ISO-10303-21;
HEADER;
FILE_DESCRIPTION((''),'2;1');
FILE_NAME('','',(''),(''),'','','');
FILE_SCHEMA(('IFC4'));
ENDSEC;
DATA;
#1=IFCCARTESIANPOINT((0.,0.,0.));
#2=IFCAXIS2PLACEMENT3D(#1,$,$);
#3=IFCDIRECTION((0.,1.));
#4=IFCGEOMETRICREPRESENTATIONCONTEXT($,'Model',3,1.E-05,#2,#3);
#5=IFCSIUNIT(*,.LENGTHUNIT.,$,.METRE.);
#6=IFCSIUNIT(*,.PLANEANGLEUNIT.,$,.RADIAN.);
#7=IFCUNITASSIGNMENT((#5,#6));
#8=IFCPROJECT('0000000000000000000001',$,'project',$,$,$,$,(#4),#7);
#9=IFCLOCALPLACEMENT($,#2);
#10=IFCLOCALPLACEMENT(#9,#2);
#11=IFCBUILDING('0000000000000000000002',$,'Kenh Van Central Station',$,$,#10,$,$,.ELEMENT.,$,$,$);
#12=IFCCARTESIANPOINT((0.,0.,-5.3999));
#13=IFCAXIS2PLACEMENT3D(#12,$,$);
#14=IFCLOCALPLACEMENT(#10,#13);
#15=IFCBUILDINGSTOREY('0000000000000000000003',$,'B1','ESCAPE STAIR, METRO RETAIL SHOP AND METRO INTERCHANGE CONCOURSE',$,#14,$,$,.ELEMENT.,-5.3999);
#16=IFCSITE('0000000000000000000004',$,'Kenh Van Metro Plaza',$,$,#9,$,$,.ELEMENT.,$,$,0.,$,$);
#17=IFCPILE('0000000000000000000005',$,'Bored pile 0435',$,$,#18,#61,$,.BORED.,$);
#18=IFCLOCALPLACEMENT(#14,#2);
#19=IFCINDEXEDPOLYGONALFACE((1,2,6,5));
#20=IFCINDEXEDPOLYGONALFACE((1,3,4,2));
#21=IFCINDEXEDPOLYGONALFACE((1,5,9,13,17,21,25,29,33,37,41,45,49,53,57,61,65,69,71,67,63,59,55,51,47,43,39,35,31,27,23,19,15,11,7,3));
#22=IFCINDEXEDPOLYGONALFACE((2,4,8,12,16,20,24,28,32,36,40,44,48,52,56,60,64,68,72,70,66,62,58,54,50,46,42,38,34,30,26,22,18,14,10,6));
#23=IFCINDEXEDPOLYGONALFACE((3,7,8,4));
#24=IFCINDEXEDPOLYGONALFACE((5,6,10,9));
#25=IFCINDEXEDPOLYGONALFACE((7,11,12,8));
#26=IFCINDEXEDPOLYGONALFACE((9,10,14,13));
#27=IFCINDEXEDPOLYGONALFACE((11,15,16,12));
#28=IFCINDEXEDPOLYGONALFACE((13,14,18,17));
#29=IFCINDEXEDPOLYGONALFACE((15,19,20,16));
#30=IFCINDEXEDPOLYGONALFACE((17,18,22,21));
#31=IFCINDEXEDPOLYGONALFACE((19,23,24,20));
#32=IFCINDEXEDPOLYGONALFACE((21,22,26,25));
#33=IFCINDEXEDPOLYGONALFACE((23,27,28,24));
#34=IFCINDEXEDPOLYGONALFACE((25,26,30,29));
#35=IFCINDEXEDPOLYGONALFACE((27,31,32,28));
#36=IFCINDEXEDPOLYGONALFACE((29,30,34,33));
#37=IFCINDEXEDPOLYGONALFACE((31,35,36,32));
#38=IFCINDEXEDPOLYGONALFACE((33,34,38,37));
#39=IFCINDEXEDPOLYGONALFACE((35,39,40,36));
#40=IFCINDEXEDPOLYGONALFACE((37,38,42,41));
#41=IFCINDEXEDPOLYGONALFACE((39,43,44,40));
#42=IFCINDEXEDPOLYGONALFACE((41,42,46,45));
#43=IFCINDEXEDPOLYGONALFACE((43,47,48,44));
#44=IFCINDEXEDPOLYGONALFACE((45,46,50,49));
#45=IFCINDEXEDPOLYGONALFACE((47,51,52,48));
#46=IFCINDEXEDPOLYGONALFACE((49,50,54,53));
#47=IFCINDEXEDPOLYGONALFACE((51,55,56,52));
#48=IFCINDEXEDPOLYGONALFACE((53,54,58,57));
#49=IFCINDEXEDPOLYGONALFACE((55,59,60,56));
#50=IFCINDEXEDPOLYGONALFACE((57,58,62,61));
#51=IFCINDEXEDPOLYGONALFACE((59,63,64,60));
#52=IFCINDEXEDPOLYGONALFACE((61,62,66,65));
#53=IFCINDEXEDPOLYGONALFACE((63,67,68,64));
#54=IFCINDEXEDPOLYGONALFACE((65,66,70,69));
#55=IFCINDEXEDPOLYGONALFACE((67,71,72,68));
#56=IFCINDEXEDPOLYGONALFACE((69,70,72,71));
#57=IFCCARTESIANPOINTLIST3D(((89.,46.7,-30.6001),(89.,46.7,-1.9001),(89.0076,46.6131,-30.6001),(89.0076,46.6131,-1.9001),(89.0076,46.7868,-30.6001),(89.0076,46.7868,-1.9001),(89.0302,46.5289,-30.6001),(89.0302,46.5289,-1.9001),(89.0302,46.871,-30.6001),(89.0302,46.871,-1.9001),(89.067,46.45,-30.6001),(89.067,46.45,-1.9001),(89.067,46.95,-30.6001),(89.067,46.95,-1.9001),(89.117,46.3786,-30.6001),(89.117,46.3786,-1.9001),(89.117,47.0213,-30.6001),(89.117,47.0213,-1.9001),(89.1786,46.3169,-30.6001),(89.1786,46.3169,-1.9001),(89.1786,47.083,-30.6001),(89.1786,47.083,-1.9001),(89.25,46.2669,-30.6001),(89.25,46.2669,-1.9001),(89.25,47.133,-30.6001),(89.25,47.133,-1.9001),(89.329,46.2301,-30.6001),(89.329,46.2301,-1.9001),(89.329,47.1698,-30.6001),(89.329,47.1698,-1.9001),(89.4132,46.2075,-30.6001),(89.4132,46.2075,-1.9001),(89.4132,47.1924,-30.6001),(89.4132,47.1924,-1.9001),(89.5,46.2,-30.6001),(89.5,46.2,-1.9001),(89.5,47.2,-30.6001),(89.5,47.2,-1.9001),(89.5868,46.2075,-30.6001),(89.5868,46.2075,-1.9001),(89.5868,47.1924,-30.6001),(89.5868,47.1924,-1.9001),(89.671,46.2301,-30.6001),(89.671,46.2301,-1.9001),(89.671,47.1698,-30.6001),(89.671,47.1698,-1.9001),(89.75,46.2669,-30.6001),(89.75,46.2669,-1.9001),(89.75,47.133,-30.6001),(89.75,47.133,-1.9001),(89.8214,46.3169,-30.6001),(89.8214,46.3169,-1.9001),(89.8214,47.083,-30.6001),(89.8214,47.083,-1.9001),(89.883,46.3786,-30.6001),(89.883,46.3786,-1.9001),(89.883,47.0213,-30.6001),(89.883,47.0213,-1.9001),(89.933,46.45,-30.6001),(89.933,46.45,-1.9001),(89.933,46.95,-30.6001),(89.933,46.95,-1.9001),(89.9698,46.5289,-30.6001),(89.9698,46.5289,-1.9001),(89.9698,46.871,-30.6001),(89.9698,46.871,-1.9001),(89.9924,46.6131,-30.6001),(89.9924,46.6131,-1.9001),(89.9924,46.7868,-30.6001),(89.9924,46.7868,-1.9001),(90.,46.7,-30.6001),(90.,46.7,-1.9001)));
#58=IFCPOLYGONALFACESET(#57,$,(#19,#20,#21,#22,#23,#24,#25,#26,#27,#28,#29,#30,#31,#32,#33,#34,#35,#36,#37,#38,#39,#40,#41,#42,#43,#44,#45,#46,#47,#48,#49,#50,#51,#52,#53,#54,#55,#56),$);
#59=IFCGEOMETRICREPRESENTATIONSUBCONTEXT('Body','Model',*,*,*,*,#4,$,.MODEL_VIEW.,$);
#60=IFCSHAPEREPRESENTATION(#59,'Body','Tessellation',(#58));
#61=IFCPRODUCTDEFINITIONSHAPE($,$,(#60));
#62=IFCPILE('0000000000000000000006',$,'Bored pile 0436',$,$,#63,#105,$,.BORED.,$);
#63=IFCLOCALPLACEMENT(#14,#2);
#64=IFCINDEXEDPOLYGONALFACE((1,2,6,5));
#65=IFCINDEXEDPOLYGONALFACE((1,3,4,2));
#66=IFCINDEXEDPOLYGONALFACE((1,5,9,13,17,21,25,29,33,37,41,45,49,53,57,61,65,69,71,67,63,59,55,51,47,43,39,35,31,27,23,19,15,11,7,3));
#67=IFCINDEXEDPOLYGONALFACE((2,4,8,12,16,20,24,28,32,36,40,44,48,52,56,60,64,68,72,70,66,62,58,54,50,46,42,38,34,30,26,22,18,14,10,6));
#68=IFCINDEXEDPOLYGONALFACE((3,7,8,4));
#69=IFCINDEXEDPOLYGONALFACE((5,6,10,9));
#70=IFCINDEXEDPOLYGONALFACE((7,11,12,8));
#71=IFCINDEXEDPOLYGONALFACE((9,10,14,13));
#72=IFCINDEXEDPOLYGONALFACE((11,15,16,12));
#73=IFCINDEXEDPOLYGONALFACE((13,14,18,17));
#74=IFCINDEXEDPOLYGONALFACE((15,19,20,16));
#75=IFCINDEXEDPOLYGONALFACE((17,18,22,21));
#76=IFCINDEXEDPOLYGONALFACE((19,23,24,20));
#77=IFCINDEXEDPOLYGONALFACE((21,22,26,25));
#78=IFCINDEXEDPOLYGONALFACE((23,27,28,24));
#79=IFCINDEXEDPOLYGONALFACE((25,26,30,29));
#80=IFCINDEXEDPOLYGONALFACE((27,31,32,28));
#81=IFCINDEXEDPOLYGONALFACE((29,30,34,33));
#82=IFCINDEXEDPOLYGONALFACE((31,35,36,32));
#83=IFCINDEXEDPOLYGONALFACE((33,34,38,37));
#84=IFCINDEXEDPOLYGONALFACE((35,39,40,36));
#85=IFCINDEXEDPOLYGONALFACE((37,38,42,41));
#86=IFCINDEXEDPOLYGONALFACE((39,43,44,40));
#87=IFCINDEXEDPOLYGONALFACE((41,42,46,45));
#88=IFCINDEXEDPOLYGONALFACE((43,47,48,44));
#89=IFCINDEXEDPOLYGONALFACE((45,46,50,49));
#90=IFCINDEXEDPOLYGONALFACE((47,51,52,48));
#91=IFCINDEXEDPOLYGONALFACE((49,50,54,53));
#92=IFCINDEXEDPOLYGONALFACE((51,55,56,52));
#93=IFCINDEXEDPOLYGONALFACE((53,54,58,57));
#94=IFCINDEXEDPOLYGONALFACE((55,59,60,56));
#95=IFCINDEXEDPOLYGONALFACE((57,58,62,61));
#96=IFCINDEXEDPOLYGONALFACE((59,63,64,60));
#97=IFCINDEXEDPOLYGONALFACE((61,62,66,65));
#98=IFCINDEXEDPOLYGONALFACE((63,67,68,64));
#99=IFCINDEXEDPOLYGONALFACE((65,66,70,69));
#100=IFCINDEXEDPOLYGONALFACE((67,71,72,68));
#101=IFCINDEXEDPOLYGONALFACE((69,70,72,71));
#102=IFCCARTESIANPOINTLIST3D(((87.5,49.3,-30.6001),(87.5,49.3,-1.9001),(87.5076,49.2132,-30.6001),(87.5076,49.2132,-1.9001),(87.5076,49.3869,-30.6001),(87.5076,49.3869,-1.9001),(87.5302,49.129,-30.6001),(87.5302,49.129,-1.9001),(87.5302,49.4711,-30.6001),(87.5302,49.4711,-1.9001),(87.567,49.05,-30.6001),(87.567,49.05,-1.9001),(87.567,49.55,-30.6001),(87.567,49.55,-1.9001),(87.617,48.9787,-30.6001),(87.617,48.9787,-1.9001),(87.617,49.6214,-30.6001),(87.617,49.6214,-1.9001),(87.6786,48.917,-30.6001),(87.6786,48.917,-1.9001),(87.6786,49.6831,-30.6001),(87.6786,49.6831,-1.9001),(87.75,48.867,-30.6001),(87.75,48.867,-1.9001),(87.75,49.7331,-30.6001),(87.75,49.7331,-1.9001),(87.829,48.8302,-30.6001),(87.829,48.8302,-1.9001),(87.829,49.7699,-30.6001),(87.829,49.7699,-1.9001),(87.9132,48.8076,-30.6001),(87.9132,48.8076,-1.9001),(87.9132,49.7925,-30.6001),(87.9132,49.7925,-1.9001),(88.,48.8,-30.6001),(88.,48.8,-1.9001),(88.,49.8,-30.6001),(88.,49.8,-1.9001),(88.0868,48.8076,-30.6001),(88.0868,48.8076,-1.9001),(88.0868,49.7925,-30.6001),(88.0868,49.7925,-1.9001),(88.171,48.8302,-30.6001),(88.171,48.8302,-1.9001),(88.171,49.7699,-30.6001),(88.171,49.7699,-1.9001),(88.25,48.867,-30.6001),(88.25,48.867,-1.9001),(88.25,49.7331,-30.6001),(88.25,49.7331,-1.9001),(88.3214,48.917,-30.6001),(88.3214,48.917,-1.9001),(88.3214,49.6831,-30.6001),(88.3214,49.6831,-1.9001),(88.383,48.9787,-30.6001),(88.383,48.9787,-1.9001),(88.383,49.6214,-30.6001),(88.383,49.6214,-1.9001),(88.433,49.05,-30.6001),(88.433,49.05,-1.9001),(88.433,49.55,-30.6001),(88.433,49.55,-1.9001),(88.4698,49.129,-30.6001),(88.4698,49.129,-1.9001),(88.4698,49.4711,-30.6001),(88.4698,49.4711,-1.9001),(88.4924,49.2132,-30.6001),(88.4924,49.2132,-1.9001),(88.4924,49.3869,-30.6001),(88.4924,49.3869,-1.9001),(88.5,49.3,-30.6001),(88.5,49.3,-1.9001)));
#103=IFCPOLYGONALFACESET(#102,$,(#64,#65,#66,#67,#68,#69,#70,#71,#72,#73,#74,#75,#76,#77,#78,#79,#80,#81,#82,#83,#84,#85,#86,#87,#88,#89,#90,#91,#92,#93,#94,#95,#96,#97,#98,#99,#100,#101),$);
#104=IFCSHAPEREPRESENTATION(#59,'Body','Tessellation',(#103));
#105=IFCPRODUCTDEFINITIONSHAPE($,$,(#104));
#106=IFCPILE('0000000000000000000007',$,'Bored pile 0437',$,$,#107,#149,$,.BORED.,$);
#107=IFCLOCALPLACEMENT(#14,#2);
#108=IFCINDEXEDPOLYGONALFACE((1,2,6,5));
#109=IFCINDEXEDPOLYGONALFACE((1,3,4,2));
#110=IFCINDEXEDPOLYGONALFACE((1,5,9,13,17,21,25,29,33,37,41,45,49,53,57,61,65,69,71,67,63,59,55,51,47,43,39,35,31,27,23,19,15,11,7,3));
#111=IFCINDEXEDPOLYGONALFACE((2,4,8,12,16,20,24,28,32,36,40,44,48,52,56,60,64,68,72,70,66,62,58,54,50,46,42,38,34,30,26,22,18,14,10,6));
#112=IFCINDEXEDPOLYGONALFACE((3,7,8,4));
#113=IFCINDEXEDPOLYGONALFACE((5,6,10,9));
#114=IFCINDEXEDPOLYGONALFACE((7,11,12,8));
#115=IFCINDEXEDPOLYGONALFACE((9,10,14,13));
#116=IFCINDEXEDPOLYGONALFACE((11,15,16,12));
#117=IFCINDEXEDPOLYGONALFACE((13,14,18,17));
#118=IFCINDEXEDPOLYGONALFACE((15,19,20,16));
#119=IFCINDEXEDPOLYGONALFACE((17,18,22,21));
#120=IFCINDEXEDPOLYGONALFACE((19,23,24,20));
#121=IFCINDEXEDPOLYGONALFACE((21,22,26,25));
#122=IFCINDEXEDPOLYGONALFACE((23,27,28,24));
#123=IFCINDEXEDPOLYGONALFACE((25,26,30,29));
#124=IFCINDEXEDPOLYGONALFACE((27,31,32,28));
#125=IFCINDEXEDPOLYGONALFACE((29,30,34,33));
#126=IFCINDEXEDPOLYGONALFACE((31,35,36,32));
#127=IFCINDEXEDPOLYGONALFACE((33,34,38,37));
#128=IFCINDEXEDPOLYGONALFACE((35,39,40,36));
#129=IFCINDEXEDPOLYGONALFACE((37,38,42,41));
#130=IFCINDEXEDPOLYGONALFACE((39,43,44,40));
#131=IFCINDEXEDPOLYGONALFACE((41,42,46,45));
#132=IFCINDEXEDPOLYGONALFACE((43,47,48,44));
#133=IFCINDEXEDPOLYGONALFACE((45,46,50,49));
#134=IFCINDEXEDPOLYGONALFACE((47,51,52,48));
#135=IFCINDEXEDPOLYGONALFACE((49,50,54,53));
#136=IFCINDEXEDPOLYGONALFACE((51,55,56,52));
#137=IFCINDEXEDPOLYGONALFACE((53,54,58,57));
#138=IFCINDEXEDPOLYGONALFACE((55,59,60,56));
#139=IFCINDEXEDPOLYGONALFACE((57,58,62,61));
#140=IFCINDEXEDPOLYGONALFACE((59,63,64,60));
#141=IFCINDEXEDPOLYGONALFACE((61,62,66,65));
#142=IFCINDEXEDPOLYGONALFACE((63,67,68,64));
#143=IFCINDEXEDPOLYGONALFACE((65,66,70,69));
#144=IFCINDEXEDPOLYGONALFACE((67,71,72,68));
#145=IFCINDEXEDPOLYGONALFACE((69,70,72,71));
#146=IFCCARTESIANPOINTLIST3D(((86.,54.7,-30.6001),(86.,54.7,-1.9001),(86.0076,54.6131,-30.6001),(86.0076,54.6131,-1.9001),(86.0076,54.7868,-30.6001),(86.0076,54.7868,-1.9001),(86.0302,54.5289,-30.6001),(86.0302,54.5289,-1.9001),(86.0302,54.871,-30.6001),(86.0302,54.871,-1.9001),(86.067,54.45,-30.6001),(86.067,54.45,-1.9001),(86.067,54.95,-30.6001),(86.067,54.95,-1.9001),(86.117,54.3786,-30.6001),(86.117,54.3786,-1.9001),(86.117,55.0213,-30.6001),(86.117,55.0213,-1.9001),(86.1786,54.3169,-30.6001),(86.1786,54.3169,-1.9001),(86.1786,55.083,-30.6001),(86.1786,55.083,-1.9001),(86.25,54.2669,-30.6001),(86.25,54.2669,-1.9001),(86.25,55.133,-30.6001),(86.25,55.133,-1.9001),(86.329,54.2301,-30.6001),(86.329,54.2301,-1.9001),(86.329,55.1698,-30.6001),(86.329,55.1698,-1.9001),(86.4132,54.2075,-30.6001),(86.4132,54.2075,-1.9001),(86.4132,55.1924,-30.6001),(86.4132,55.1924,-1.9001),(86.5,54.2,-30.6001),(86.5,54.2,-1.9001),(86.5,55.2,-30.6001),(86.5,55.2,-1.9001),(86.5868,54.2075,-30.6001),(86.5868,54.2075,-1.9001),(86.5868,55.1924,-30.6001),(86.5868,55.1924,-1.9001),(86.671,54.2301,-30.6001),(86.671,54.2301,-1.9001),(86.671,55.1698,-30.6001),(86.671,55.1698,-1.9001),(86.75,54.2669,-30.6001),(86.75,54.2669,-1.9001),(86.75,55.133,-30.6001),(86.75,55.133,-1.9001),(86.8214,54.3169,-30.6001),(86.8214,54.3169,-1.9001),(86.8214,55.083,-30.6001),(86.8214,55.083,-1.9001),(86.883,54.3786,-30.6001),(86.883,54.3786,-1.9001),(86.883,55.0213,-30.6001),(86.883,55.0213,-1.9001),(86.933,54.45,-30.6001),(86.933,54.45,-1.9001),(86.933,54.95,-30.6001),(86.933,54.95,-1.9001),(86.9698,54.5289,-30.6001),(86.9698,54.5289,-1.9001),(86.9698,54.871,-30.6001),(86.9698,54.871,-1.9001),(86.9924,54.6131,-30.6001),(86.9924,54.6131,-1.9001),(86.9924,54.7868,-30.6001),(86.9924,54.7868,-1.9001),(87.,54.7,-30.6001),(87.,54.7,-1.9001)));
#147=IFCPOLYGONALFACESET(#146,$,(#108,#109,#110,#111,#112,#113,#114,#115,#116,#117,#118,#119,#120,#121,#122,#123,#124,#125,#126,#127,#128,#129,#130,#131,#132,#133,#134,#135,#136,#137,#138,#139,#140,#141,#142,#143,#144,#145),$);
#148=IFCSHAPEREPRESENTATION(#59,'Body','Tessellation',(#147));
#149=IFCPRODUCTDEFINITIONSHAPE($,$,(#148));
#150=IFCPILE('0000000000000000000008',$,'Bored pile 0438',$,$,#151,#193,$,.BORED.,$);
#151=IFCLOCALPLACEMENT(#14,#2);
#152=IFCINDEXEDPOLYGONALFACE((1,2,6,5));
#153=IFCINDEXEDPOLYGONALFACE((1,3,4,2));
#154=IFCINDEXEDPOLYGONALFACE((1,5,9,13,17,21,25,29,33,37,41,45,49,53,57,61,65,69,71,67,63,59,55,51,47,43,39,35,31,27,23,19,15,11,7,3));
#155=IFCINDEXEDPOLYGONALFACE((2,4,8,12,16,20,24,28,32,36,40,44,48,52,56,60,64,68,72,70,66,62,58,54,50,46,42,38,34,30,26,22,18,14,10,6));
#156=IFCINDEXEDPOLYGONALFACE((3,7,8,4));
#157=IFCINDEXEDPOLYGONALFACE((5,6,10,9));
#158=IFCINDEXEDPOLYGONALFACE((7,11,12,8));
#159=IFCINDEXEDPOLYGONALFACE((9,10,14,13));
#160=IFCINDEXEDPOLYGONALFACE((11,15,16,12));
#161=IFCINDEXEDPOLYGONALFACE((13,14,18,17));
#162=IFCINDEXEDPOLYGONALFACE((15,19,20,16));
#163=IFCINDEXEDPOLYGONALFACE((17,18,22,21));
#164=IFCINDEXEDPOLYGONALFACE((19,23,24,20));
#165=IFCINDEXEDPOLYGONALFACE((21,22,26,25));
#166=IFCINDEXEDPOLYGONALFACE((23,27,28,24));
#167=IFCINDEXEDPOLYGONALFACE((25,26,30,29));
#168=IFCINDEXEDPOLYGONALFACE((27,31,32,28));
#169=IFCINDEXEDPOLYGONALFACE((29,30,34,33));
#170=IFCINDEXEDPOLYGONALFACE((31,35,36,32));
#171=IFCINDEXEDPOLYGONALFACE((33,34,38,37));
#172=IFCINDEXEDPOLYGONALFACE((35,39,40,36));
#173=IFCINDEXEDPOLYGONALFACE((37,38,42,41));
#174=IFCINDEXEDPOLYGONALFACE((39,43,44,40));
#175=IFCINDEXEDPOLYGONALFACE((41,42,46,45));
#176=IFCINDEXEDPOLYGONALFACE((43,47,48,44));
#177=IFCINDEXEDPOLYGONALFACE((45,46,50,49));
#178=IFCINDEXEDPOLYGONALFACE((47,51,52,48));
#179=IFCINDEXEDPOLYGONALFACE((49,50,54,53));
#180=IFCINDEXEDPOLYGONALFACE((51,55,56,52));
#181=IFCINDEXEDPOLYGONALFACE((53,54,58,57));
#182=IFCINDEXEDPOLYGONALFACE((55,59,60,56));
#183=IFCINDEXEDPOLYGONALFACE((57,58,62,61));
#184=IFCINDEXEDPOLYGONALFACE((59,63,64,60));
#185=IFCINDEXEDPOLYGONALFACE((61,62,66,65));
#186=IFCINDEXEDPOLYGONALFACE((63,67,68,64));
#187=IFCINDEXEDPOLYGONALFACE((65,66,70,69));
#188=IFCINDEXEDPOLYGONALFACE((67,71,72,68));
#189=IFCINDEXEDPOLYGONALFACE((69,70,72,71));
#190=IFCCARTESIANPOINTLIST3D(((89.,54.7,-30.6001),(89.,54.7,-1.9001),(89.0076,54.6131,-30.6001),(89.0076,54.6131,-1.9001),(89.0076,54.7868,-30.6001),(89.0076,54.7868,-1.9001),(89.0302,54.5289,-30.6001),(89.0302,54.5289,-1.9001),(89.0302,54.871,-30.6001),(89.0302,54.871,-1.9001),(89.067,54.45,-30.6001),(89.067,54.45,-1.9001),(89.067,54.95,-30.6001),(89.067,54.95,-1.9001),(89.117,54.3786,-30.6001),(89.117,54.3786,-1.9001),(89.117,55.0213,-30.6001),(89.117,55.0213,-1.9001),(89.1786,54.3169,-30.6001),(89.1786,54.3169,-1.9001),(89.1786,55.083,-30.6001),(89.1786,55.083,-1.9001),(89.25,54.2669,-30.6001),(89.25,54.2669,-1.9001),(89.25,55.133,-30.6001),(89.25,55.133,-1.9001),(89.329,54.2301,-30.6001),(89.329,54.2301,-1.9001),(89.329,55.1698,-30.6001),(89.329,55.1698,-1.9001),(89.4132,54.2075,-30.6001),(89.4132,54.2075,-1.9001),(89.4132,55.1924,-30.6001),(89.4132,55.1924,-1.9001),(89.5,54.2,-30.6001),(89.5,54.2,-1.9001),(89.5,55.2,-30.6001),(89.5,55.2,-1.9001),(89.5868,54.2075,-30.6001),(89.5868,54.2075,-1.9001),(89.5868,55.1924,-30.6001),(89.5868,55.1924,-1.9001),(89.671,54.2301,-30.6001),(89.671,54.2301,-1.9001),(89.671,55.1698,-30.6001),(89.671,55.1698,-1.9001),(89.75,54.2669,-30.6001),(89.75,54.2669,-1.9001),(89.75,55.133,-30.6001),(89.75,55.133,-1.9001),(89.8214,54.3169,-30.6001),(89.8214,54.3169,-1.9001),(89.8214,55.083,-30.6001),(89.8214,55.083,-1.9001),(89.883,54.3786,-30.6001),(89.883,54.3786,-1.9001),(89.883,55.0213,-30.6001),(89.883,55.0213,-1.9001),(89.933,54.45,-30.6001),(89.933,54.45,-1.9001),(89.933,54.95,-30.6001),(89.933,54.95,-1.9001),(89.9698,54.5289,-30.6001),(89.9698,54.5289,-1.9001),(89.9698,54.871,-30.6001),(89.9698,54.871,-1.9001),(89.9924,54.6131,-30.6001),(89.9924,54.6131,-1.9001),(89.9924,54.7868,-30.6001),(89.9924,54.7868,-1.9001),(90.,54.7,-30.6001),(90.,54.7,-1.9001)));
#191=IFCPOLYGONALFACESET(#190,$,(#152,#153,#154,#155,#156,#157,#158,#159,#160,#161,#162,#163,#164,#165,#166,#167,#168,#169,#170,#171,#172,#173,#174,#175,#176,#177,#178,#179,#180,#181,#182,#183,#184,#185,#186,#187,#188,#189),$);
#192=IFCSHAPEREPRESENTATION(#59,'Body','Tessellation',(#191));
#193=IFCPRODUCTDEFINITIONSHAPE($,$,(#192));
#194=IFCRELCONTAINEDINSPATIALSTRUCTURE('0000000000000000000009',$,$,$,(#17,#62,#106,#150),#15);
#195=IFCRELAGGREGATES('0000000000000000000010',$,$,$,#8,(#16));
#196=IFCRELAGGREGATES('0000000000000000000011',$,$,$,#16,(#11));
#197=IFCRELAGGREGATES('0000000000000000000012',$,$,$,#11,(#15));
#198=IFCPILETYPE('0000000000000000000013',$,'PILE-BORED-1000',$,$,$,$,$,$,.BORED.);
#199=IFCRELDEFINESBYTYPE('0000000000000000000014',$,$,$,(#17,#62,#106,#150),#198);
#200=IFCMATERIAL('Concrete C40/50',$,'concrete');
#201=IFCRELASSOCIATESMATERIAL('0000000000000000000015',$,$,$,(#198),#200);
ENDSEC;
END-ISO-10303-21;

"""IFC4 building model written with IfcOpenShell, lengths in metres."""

from ifc_helpers import new_model, si_unit, direction, frame, origin, origin_2d, place, context, subcontext, project, spatial, circle, extrude, material, material_profile, profile_set, type_object, element, save


model = new_model("IFC4")

# Units and contexts
model_context = context("Model", 3, precision=1e-05, world=origin(), true_north=direction((0.0, 1.0)))
body_context = subcontext(model_context, "Body", "Model", "MODEL_VIEW")
ifc_project = project(units=[si_unit("LENGTHUNIT", "METRE"), si_unit("PLANEANGLEUNIT", "RADIAN")], contexts=[model_context])

# Site, building, storey
site_placement = place(None, origin())
site = spatial("IfcSite", under=ifc_project, at=site_placement, Name="Kenh Van Metro Plaza", CompositionType="ELEMENT", RefElevation=0.0)
building_placement = place(site_placement, origin())
building = spatial("IfcBuilding", under=site, at=building_placement, Name="Kenh Van Central Station", CompositionType="ELEMENT")
storey_placement = place(building_placement, frame((0.0, 0.0, -5.3999)))
storey = spatial("IfcBuildingStorey", under=building, at=storey_placement, Name="B1", Description="ESCAPE STAIR, METRO RETAIL SHOP AND METRO INTERCHANGE CONCOURSE", CompositionType="ELEMENT", Elevation=-5.3999)

# Shared definitions
ifc_material_1 = material(Name="Concrete C40/50", Category="concrete")

# Piles
ifc_material_profile_1 = material_profile(ifc_material_1, circle(Radius=0.5, at=origin_2d()), Name="PILE D1000")
ifc_profile_set_1 = profile_set([ifc_material_profile_1], Name="Concrete C40/50")
pile_type = type_object("IfcPileType", Name="PILE-BORED-1000", PredefinedType="BORED", material=ifc_profile_set_1)
for number, where, z_axis, x_axis, name in (
    (1, (89.5, 46.7, -1.9001), (0.0, 0.0, -1.0), (1.0, 0.0, 0.0), "Bored pile 0435"),
    (2, (88.0, 49.3, -1.9001), (0.0, 0.0, -1.0), (1.0, 0.0, 0.0), "Bored pile 0436"),
    (3, (86.5, 54.7, -1.9001), (0.0, 0.0, -1.0), (1.0, 0.0, 0.0), "Bored pile 0437"),
    (4, (89.5, 54.7, -1.9001), (0.0, 0.0, -1.0), (1.0, 0.0, 0.0), "Bored pile 0438"),
):
    element("IfcPile", number, at=place(storey_placement, frame(where, z_axis=z_axis, x_axis=x_axis)), inside=storey, type_object=pile_type, Name=name, PredefinedType="BORED", context=body_context, shape_type="SweptSolid", body=[
        extrude(circle(Radius=0.5, at=origin_2d()), origin(), (0.0, 0.0, 1.0), 28.7),
    ])

save(model, "model.ifc")
